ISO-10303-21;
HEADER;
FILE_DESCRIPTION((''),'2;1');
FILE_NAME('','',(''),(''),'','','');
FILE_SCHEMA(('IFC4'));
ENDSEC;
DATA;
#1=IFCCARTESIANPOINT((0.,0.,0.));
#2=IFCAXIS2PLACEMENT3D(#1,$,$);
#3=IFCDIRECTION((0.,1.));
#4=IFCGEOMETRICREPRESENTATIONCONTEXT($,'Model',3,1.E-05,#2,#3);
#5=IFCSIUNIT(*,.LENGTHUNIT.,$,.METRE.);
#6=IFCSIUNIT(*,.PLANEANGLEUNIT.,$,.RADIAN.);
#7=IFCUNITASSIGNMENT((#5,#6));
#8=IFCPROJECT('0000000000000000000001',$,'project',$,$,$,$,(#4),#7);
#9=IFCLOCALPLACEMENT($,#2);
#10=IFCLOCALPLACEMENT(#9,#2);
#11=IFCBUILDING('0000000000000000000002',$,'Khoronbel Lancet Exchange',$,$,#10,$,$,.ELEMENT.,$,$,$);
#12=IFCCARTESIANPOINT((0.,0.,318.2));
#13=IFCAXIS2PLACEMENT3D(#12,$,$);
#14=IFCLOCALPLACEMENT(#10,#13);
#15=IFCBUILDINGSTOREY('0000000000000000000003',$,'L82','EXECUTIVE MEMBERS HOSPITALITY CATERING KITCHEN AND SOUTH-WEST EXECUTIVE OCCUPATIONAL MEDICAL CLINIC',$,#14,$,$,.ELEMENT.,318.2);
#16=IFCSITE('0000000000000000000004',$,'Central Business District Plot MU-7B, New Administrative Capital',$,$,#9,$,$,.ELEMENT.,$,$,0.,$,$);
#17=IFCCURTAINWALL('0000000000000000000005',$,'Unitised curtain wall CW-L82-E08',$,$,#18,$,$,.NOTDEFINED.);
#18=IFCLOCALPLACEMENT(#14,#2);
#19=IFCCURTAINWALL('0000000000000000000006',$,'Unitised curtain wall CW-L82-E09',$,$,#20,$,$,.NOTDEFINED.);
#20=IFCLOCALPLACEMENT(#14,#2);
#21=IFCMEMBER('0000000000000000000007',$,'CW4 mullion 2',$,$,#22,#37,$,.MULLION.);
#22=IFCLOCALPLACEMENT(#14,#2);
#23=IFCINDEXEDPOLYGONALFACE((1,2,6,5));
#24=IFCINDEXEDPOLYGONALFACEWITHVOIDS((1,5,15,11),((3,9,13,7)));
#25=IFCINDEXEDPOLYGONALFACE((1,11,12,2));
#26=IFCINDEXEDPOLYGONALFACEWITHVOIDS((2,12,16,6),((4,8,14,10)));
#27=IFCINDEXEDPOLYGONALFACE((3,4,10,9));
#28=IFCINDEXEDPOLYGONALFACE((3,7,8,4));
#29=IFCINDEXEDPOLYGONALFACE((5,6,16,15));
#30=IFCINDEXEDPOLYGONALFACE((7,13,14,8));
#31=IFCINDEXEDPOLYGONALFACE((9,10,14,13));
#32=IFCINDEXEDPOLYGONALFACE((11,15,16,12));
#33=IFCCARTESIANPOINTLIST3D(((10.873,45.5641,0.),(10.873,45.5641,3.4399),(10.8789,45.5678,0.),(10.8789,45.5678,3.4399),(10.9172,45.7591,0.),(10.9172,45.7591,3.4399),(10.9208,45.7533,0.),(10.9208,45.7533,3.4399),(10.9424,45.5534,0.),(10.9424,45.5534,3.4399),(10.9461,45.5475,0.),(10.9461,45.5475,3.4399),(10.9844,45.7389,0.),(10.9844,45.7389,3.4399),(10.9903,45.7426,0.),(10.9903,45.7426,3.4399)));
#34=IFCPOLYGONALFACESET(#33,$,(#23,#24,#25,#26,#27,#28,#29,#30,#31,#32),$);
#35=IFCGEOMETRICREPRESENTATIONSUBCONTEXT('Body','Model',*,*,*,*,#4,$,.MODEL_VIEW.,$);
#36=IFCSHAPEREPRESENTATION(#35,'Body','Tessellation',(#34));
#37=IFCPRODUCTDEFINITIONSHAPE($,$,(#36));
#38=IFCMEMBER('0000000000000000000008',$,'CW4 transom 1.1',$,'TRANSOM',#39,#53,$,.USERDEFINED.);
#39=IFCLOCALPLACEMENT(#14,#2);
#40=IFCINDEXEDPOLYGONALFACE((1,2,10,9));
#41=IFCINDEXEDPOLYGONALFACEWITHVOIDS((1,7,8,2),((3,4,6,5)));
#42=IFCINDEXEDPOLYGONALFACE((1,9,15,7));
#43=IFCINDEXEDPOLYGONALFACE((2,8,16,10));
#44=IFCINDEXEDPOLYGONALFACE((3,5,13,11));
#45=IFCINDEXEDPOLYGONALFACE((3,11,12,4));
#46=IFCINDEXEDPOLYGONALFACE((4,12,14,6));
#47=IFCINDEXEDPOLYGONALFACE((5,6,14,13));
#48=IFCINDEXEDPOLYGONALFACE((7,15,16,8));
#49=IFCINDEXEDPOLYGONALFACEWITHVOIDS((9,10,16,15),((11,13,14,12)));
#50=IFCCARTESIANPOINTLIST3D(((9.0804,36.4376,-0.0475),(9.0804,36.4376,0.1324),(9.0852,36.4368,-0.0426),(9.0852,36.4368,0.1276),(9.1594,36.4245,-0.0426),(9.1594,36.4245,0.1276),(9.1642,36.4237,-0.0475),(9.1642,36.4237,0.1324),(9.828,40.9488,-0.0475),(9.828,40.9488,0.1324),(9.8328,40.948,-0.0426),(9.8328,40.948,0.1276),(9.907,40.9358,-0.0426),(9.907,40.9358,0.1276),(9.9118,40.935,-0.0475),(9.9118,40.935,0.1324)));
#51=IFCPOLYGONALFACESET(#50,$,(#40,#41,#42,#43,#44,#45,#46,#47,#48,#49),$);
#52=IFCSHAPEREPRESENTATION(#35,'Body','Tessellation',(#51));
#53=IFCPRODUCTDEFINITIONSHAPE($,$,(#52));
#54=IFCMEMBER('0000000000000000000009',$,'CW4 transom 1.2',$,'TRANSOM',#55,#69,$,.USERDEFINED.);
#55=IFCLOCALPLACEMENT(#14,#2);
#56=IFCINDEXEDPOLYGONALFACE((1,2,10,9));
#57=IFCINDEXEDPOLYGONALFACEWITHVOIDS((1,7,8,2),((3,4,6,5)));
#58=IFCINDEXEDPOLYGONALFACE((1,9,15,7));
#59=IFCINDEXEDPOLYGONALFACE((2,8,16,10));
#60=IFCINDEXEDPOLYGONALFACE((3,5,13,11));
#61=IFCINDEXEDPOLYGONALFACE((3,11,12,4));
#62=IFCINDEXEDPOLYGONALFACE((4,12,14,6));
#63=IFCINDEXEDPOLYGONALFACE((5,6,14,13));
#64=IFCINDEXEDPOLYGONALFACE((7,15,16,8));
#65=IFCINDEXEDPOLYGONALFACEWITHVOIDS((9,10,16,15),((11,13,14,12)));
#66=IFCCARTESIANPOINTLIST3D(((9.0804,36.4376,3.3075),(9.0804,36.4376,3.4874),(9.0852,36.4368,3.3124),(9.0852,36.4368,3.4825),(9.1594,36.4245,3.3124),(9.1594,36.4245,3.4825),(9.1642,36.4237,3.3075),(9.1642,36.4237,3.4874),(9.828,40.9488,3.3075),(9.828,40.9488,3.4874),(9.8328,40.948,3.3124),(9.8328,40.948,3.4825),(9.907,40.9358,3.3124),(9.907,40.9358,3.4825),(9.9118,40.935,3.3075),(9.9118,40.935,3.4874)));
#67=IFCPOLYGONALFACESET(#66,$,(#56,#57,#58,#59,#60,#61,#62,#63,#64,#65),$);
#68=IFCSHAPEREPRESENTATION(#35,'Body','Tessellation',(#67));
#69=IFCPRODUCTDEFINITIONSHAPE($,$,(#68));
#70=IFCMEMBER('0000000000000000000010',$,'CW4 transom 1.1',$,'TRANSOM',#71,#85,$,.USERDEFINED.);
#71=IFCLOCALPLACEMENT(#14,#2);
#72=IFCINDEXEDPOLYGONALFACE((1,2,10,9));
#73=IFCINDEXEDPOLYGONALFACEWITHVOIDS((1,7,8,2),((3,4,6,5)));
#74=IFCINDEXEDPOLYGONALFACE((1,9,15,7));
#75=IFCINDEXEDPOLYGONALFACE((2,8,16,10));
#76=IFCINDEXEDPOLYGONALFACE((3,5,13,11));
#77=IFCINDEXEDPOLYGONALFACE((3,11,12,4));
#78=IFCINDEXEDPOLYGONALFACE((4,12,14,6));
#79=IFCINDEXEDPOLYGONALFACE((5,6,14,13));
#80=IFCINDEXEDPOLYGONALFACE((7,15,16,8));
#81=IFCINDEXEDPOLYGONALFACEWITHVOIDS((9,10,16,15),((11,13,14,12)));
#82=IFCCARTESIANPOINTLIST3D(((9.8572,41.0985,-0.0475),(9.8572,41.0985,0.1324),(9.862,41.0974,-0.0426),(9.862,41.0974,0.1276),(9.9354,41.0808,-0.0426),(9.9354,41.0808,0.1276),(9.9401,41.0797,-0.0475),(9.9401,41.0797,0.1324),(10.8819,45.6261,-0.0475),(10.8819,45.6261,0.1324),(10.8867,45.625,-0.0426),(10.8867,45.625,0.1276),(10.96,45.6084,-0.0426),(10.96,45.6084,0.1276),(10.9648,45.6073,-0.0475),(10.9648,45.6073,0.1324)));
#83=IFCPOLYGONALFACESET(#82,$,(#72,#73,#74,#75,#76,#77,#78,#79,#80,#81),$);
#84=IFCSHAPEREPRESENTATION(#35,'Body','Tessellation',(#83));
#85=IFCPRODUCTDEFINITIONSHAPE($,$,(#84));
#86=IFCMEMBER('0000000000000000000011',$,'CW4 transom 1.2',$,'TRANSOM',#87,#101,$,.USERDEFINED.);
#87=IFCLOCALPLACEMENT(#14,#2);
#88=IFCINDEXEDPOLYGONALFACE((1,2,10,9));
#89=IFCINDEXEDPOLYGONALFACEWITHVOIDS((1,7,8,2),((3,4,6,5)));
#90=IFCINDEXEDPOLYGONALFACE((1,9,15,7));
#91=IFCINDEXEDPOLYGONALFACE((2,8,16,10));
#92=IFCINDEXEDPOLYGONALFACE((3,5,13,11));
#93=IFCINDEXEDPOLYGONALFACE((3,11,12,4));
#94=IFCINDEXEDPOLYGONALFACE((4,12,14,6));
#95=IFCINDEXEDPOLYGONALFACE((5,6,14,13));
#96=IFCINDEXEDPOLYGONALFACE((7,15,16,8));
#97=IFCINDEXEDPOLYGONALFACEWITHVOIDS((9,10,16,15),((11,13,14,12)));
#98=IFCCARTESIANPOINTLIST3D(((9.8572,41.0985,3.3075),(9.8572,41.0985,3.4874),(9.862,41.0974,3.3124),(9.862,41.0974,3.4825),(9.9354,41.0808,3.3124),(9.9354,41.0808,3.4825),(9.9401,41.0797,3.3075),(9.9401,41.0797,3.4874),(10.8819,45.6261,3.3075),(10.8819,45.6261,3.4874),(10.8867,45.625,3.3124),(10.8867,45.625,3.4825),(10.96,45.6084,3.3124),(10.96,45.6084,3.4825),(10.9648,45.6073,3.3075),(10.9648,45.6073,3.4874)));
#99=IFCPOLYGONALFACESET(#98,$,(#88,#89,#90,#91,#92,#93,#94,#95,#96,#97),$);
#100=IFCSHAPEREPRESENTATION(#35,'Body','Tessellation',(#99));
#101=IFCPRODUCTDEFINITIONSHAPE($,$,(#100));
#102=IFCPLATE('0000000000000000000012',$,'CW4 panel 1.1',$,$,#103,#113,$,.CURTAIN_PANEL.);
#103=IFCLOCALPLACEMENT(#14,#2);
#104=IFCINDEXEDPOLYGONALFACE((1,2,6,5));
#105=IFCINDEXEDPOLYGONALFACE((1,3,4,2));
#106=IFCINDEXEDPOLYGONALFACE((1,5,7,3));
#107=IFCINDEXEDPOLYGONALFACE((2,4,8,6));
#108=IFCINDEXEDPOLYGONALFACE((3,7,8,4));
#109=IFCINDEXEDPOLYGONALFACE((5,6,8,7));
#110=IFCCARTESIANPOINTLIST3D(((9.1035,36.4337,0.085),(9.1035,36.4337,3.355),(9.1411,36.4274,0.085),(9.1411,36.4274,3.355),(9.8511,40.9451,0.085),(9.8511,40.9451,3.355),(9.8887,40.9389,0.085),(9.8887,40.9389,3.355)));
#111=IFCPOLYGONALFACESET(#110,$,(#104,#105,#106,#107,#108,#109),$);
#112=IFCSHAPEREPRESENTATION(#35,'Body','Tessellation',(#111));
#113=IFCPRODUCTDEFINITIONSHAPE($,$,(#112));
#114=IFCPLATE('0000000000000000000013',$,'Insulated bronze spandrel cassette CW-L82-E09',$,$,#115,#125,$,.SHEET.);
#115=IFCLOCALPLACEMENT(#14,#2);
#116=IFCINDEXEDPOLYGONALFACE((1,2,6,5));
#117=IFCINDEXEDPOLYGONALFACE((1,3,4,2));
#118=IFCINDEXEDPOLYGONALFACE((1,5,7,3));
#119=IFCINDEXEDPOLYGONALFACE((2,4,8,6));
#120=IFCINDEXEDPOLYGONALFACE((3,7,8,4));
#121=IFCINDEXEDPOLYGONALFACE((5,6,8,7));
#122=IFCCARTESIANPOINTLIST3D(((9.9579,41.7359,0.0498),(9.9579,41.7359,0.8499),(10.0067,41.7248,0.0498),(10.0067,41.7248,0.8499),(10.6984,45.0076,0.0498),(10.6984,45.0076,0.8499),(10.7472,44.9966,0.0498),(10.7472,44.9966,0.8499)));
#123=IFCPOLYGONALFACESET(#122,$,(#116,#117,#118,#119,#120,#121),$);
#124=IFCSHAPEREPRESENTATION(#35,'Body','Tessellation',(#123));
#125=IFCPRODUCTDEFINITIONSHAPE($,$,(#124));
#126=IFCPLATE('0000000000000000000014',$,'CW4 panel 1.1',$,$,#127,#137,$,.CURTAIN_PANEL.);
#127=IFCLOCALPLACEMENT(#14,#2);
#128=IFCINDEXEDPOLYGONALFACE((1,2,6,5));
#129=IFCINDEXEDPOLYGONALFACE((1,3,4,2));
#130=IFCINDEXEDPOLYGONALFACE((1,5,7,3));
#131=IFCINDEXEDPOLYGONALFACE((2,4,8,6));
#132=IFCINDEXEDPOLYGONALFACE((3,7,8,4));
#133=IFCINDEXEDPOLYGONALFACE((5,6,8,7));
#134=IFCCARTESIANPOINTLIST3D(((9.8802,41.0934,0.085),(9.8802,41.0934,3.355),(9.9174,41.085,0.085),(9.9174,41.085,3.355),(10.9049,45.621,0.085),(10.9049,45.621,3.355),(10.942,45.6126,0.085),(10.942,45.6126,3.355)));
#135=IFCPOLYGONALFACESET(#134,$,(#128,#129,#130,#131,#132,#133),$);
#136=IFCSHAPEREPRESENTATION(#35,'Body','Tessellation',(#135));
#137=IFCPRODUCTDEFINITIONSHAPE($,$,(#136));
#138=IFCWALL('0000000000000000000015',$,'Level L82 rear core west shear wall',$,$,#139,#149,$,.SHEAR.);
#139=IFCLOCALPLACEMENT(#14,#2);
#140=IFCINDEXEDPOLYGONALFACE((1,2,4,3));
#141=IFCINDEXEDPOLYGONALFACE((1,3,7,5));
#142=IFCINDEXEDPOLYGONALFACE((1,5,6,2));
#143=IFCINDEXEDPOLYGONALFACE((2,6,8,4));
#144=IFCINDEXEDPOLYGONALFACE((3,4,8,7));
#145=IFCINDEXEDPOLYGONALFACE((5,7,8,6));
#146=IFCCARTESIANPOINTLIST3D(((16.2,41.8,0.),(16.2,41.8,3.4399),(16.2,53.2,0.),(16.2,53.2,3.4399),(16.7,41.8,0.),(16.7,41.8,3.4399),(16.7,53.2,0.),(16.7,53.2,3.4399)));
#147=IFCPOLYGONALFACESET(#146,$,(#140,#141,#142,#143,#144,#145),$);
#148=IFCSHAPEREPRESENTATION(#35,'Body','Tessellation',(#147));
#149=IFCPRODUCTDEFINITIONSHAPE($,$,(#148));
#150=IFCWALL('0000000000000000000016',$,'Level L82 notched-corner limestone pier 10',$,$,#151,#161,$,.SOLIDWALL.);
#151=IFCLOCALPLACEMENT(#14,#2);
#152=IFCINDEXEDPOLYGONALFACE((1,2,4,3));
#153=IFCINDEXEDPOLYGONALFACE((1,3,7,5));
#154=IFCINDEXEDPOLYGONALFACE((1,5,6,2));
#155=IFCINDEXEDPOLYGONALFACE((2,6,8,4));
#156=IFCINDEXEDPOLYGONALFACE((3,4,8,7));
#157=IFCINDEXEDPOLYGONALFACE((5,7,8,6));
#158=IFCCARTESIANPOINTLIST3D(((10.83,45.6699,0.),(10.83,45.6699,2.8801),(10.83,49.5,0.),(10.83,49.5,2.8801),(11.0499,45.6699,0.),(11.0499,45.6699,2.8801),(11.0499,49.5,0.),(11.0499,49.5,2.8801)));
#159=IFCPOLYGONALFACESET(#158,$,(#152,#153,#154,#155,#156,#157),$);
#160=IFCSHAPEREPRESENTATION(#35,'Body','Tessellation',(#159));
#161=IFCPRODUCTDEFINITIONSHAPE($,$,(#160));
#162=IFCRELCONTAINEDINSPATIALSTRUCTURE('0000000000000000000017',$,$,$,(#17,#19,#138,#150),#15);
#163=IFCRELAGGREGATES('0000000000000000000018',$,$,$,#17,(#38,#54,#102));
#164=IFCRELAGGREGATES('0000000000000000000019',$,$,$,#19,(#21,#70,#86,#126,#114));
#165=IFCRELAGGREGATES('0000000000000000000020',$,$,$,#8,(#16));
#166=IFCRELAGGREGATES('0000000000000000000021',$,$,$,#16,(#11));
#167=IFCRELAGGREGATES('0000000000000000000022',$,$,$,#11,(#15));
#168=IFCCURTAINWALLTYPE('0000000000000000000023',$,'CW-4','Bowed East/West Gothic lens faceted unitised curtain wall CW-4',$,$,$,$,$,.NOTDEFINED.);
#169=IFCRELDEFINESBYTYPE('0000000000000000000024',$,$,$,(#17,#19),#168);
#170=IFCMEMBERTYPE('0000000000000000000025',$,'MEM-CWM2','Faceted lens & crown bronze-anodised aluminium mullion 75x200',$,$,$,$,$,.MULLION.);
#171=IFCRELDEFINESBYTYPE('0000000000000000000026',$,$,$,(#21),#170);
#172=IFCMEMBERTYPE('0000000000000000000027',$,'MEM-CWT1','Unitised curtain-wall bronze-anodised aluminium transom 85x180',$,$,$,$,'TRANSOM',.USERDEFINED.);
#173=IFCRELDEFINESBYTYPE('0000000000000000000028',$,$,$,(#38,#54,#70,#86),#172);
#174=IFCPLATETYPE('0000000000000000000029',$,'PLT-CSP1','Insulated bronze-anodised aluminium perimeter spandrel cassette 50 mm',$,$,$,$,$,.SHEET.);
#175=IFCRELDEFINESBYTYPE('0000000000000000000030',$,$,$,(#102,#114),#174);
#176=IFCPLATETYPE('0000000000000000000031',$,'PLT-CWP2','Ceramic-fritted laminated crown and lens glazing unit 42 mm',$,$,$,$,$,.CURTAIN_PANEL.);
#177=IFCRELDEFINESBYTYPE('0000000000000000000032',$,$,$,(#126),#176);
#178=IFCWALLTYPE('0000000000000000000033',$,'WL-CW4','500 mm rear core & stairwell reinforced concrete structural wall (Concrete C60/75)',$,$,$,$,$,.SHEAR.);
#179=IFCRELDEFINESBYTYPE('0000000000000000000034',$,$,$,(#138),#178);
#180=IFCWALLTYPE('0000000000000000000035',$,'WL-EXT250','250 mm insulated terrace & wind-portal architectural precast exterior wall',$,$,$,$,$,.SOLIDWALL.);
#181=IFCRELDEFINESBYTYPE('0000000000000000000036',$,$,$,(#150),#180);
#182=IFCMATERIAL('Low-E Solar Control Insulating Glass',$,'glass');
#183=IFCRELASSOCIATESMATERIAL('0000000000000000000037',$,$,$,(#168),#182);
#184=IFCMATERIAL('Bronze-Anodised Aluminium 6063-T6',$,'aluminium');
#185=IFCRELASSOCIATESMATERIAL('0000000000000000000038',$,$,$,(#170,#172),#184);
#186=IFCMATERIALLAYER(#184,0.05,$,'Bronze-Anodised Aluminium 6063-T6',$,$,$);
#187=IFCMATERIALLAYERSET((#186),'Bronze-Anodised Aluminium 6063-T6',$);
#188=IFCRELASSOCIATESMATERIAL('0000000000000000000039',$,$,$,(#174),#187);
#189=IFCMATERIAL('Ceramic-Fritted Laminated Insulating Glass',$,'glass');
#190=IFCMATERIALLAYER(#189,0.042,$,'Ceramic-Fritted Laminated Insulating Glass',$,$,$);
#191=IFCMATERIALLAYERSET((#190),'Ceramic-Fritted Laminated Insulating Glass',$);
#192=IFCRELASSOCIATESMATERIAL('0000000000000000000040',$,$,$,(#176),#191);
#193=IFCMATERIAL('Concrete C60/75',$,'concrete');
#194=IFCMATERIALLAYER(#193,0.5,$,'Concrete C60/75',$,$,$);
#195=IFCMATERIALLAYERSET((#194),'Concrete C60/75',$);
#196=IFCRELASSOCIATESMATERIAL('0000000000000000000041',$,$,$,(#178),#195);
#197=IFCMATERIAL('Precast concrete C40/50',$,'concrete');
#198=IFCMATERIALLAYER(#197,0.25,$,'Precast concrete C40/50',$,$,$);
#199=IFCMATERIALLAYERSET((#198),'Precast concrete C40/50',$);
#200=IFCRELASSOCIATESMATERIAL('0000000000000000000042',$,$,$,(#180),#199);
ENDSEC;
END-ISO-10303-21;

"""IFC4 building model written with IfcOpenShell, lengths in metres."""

from ifc_helpers import new_model, si_unit, direction, frame, frame_2d, origin, origin_2d, place, context, subcontext, project, spatial, rectangle, hollow_rectangle, extrude, material, layer, layer_set, material_profile, profile_set, type_object, element, aggregate, save


model = new_model("IFC4")

# Units and contexts
model_context = context("Model", 3, precision=1e-05, world=origin(), true_north=direction((0.0, 1.0)))
body_context = subcontext(model_context, "Body", "Model", "MODEL_VIEW")
ifc_project = project(units=[si_unit("LENGTHUNIT", "METRE"), si_unit("PLANEANGLEUNIT", "RADIAN")], contexts=[model_context])

# Site, building, storey
site_placement = place(None, origin())
site = spatial("IfcSite", under=ifc_project, at=site_placement, Name="Central Business District Plot MU-7B, New Administrative Capital", CompositionType="ELEMENT", RefElevation=0.0)
building_placement = place(site_placement, origin())
building = spatial("IfcBuilding", under=site, at=building_placement, Name="Khoronbel Lancet Exchange", CompositionType="ELEMENT")
storey_placement = place(building_placement, frame((0.0, 0.0, 318.2)))
storey = spatial("IfcBuildingStorey", under=building, at=storey_placement, Name="L82", Description="EXECUTIVE MEMBERS HOSPITALITY CATERING KITCHEN AND SOUTH-WEST EXECUTIVE OCCUPATIONAL MEDICAL CLINIC", CompositionType="ELEMENT", Elevation=318.2)

# Shared definitions
ifc_material_1 = material(Name="Low-E Solar Control Insulating Glass", Category="glass")
curtain_wall_type = type_object("IfcCurtainWallType", Name="CW-4", Description="Bowed East/West Gothic lens faceted unitised curtain wall CW-4", PredefinedType="NOTDEFINED", material=ifc_material_1)
ifc_material_2 = material(Name="Bronze-Anodised Aluminium 6063-T6", Category="aluminium")
ifc_material_profile_1 = material_profile(ifc_material_2, hollow_rectangle(XDim=0.075, YDim=0.2, WallThickness=0.0049, at=origin_2d()), Name="ALU MULLION 75x200")
ifc_profile_set_1 = profile_set([ifc_material_profile_1], Name="Bronze-Anodised Aluminium 6063-T6")
member_type_1 = type_object("IfcMemberType", Name="MEM-CWM2", Description="Faceted lens & crown bronze-anodised aluminium mullion 75x200", PredefinedType="MULLION", material=ifc_profile_set_1)

# Curtain walls, member
curtain_wall_1_placement = place(storey_placement, origin())
curtain_wall_1 = element("IfcCurtainWall", 1, at=curtain_wall_1_placement, inside=storey, type_object=curtain_wall_type, Name="Unitised curtain wall CW-L82-E08", PredefinedType="NOTDEFINED")
curtain_wall_2_placement = place(storey_placement, origin())
curtain_wall_2 = element("IfcCurtainWall", 2, at=curtain_wall_2_placement, inside=storey, type_object=curtain_wall_type, Name="Unitised curtain wall CW-L82-E09", PredefinedType="NOTDEFINED")
member_1_placement = place(storey_placement, frame((10.9316, 45.6533, 0.0), z_axis=(0.0, 0.0, 1.0), x_axis=(-0.975333, 0.220738, 0.0)))
member_1 = element("IfcMember", 3, at=member_1_placement, type_object=member_type_1, Name="CW4 mullion 2", PredefinedType="MULLION", context=body_context, shape_type="SweptSolid", body=[
    extrude(hollow_rectangle(XDim=0.075, YDim=0.2, WallThickness=0.0049, at=origin_2d()), origin(), (0.0, 0.0, 1.0), 3.4399),
])

# Members
ifc_material_profile_2 = material_profile(ifc_material_2, hollow_rectangle(XDim=0.085, YDim=0.1799, WallThickness=0.0049, at=origin_2d()), Name="ALU TRANSOM 85x180")
ifc_profile_set_2 = profile_set([ifc_material_profile_2], Name="Bronze-Anodised Aluminium 6063-T6")
member_type_2 = type_object("IfcMemberType", Name="MEM-CWT1", Description="Unitised curtain-wall bronze-anodised aluminium transom 85x180", ElementType="TRANSOM", PredefinedType="USERDEFINED", material=ifc_profile_set_2)
member_2_placement = place(storey_placement, frame((9.1223, 36.4307, 0.0425), z_axis=(0.163481, 0.986546, 0.0), x_axis=(-0.986546, 0.163481, 0.0)))
member_2 = element("IfcMember", 4, at=member_2_placement, type_object=member_type_2, Name="CW4 transom 1.1", ObjectType="TRANSOM", PredefinedType="USERDEFINED", context=body_context, shape_type="SweptSolid", body=[
    extrude(hollow_rectangle(XDim=0.085, YDim=0.1799, WallThickness=0.0049, at=origin_2d()), origin(), (0.0, 0.0, 1.0), 4.5728),
])
member_3_placement = place(storey_placement, frame((9.1223, 36.4307, 3.3975), z_axis=(0.163481, 0.986546, 0.0), x_axis=(-0.986546, 0.163481, 0.0)))
member_3 = element("IfcMember", 5, at=member_3_placement, type_object=member_type_2, Name="CW4 transom 1.2", ObjectType="TRANSOM", PredefinedType="USERDEFINED", context=body_context, shape_type="SweptSolid", body=[
    extrude(hollow_rectangle(XDim=0.085, YDim=0.1799, WallThickness=0.0049, at=origin_2d()), origin(), (0.0, 0.0, 1.0), 4.5728),
])
member_4_placement = place(storey_placement, frame((9.8987, 41.0891, 0.0425), z_axis=(0.220732, 0.975334, 0.0), x_axis=(-0.975334, 0.220732, 0.0)))
member_4 = element("IfcMember", 6, at=member_4_placement, type_object=member_type_2, Name="CW4 transom 1.1", ObjectType="TRANSOM", PredefinedType="USERDEFINED", context=body_context, shape_type="SweptSolid", body=[
    extrude(hollow_rectangle(XDim=0.085, YDim=0.1799, WallThickness=0.0049, at=origin_2d()), origin(), (0.0, 0.0, 1.0), 4.6421),
])
member_5_placement = place(storey_placement, frame((9.8987, 41.0891, 3.3975), z_axis=(0.220732, 0.975334, 0.0), x_axis=(-0.975334, 0.220732, 0.0)))
member_5 = element("IfcMember", 7, at=member_5_placement, type_object=member_type_2, Name="CW4 transom 1.2", ObjectType="TRANSOM", PredefinedType="USERDEFINED", context=body_context, shape_type="SweptSolid", body=[
    extrude(hollow_rectangle(XDim=0.085, YDim=0.1799, WallThickness=0.0049, at=origin_2d()), origin(), (0.0, 0.0, 1.0), 4.6421),
])

# Plates
ifc_layer_1 = layer(ifc_material_2, 0.05, Name="Bronze-Anodised Aluminium 6063-T6")
ifc_layer_set_1 = layer_set([ifc_layer_1], Name="Bronze-Anodised Aluminium 6063-T6")
plate_type_1 = type_object("IfcPlateType", Name="PLT-CSP1", Description="Insulated bronze-anodised aluminium perimeter spandrel cassette 50 mm", PredefinedType="SHEET", material=ifc_layer_set_1)
plate_1_placement = place(storey_placement, frame((9.4961, 38.6863, 0.085), z_axis=(0.0, 0.0, 1.0), x_axis=(0.163479, 0.986547, 0.0)))
plate_1 = element("IfcPlate", 8, at=plate_1_placement, type_object=plate_type_1, Name="CW4 panel 1.1", PredefinedType="CURTAIN_PANEL", context=body_context, shape_type="SweptSolid", body=[
    extrude(rectangle(XDim=4.573, YDim=0.0381, at=origin_2d()), origin(), (0.0, 0.0, 1.0), 3.27),
])
aggregate(curtain_wall_1, [member_2, member_3, plate_1])
plate_2_placement = place(storey_placement, frame((10.3525, 43.3662, 0.0498), z_axis=(0.0, 0.0, 1.0), x_axis=(0.220738, 0.975333, 0.0)))
plate_2 = element("IfcPlate", 9, at=plate_2_placement, type_object=plate_type_1, Name="Insulated bronze spandrel cassette CW-L82-E09", PredefinedType="SHEET", context=body_context, shape_type="SweptSolid", body=[
    extrude(rectangle(XDim=3.3545, YDim=0.05, at=origin_2d()), origin(), (0.0, 0.0, 1.0), 0.8),
])
ifc_material_3 = material(Name="Ceramic-Fritted Laminated Insulating Glass", Category="glass")
ifc_layer_2 = layer(ifc_material_3, 0.042, Name="Ceramic-Fritted Laminated Insulating Glass")
ifc_layer_set_2 = layer_set([ifc_layer_2], Name="Ceramic-Fritted Laminated Insulating Glass")
plate_type_2 = type_object("IfcPlateType", Name="PLT-CWP2", Description="Ceramic-fritted laminated crown and lens glazing unit 42 mm", PredefinedType="CURTAIN_PANEL", material=ifc_layer_set_2)
plate_3_placement = place(storey_placement, frame((10.4111, 43.353, 0.085), z_axis=(0.0, 0.0, 1.0), x_axis=(0.220738, 0.975333, 0.0)))
plate_3 = element("IfcPlate", 10, at=plate_3_placement, type_object=plate_type_2, Name="CW4 panel 1.1", PredefinedType="CURTAIN_PANEL", context=body_context, shape_type="SweptSolid", body=[
    extrude(rectangle(XDim=4.6421, YDim=0.0381, at=origin_2d()), origin(), (0.0, 0.0, 1.0), 3.27),
])
aggregate(curtain_wall_2, [member_1, member_4, member_5, plate_3, plate_2])

# Walls
ifc_material_4 = material(Name="Concrete C60/75", Category="concrete")
ifc_layer_3 = layer(ifc_material_4, 0.5, Name="Concrete C60/75")
ifc_layer_set_3 = layer_set([ifc_layer_3], Name="Concrete C60/75")
wall_type_1 = type_object("IfcWallType", Name="WL-CW4", Description="500 mm rear core & stairwell reinforced concrete structural wall (Concrete C60/75)", PredefinedType="SHEAR", material=ifc_layer_set_3)
wall_1_placement = place(storey_placement, frame((16.45, 41.8, 0.0), z_axis=(0.0, 0.0, 1.0), x_axis=(0.0, 1.0, 0.0)))
element("IfcWall", 11, at=wall_1_placement, inside=storey, type_object=wall_type_1, Name="Level L82 rear core west shear wall", PredefinedType="SHEAR", context=body_context, shape_type="SweptSolid", body=[
    extrude(rectangle(XDim=11.3999, YDim=0.5, at=frame_2d((5.7, 0.0))), origin(), (0.0, 0.0, 1.0), 3.4399),
])
ifc_material_5 = material(Name="Precast concrete C40/50", Category="concrete")
ifc_layer_4 = layer(ifc_material_5, 0.25, Name="Precast concrete C40/50")
ifc_layer_set_4 = layer_set([ifc_layer_4], Name="Precast concrete C40/50")
wall_type_2 = type_object("IfcWallType", Name="WL-EXT250", Description="250 mm insulated terrace & wind-portal architectural precast exterior wall", PredefinedType="SOLIDWALL", material=ifc_layer_set_4)
wall_2_placement = place(storey_placement, frame((10.9399, 45.6699, 0.0), z_axis=(0.0, 0.0, 1.0), x_axis=(0.0, 1.0, 0.0)))
element("IfcWall", 12, at=wall_2_placement, inside=storey, type_object=wall_type_2, Name="Level L82 notched-corner limestone pier 10", PredefinedType="SOLIDWALL", context=body_context, shape_type="SweptSolid", body=[
    extrude(rectangle(XDim=3.8301, YDim=0.22, at=frame_2d((1.915, 0.0))), origin(), (0.0, 0.0, 1.0), 2.8801),
])

save(model, "model.ifc")
